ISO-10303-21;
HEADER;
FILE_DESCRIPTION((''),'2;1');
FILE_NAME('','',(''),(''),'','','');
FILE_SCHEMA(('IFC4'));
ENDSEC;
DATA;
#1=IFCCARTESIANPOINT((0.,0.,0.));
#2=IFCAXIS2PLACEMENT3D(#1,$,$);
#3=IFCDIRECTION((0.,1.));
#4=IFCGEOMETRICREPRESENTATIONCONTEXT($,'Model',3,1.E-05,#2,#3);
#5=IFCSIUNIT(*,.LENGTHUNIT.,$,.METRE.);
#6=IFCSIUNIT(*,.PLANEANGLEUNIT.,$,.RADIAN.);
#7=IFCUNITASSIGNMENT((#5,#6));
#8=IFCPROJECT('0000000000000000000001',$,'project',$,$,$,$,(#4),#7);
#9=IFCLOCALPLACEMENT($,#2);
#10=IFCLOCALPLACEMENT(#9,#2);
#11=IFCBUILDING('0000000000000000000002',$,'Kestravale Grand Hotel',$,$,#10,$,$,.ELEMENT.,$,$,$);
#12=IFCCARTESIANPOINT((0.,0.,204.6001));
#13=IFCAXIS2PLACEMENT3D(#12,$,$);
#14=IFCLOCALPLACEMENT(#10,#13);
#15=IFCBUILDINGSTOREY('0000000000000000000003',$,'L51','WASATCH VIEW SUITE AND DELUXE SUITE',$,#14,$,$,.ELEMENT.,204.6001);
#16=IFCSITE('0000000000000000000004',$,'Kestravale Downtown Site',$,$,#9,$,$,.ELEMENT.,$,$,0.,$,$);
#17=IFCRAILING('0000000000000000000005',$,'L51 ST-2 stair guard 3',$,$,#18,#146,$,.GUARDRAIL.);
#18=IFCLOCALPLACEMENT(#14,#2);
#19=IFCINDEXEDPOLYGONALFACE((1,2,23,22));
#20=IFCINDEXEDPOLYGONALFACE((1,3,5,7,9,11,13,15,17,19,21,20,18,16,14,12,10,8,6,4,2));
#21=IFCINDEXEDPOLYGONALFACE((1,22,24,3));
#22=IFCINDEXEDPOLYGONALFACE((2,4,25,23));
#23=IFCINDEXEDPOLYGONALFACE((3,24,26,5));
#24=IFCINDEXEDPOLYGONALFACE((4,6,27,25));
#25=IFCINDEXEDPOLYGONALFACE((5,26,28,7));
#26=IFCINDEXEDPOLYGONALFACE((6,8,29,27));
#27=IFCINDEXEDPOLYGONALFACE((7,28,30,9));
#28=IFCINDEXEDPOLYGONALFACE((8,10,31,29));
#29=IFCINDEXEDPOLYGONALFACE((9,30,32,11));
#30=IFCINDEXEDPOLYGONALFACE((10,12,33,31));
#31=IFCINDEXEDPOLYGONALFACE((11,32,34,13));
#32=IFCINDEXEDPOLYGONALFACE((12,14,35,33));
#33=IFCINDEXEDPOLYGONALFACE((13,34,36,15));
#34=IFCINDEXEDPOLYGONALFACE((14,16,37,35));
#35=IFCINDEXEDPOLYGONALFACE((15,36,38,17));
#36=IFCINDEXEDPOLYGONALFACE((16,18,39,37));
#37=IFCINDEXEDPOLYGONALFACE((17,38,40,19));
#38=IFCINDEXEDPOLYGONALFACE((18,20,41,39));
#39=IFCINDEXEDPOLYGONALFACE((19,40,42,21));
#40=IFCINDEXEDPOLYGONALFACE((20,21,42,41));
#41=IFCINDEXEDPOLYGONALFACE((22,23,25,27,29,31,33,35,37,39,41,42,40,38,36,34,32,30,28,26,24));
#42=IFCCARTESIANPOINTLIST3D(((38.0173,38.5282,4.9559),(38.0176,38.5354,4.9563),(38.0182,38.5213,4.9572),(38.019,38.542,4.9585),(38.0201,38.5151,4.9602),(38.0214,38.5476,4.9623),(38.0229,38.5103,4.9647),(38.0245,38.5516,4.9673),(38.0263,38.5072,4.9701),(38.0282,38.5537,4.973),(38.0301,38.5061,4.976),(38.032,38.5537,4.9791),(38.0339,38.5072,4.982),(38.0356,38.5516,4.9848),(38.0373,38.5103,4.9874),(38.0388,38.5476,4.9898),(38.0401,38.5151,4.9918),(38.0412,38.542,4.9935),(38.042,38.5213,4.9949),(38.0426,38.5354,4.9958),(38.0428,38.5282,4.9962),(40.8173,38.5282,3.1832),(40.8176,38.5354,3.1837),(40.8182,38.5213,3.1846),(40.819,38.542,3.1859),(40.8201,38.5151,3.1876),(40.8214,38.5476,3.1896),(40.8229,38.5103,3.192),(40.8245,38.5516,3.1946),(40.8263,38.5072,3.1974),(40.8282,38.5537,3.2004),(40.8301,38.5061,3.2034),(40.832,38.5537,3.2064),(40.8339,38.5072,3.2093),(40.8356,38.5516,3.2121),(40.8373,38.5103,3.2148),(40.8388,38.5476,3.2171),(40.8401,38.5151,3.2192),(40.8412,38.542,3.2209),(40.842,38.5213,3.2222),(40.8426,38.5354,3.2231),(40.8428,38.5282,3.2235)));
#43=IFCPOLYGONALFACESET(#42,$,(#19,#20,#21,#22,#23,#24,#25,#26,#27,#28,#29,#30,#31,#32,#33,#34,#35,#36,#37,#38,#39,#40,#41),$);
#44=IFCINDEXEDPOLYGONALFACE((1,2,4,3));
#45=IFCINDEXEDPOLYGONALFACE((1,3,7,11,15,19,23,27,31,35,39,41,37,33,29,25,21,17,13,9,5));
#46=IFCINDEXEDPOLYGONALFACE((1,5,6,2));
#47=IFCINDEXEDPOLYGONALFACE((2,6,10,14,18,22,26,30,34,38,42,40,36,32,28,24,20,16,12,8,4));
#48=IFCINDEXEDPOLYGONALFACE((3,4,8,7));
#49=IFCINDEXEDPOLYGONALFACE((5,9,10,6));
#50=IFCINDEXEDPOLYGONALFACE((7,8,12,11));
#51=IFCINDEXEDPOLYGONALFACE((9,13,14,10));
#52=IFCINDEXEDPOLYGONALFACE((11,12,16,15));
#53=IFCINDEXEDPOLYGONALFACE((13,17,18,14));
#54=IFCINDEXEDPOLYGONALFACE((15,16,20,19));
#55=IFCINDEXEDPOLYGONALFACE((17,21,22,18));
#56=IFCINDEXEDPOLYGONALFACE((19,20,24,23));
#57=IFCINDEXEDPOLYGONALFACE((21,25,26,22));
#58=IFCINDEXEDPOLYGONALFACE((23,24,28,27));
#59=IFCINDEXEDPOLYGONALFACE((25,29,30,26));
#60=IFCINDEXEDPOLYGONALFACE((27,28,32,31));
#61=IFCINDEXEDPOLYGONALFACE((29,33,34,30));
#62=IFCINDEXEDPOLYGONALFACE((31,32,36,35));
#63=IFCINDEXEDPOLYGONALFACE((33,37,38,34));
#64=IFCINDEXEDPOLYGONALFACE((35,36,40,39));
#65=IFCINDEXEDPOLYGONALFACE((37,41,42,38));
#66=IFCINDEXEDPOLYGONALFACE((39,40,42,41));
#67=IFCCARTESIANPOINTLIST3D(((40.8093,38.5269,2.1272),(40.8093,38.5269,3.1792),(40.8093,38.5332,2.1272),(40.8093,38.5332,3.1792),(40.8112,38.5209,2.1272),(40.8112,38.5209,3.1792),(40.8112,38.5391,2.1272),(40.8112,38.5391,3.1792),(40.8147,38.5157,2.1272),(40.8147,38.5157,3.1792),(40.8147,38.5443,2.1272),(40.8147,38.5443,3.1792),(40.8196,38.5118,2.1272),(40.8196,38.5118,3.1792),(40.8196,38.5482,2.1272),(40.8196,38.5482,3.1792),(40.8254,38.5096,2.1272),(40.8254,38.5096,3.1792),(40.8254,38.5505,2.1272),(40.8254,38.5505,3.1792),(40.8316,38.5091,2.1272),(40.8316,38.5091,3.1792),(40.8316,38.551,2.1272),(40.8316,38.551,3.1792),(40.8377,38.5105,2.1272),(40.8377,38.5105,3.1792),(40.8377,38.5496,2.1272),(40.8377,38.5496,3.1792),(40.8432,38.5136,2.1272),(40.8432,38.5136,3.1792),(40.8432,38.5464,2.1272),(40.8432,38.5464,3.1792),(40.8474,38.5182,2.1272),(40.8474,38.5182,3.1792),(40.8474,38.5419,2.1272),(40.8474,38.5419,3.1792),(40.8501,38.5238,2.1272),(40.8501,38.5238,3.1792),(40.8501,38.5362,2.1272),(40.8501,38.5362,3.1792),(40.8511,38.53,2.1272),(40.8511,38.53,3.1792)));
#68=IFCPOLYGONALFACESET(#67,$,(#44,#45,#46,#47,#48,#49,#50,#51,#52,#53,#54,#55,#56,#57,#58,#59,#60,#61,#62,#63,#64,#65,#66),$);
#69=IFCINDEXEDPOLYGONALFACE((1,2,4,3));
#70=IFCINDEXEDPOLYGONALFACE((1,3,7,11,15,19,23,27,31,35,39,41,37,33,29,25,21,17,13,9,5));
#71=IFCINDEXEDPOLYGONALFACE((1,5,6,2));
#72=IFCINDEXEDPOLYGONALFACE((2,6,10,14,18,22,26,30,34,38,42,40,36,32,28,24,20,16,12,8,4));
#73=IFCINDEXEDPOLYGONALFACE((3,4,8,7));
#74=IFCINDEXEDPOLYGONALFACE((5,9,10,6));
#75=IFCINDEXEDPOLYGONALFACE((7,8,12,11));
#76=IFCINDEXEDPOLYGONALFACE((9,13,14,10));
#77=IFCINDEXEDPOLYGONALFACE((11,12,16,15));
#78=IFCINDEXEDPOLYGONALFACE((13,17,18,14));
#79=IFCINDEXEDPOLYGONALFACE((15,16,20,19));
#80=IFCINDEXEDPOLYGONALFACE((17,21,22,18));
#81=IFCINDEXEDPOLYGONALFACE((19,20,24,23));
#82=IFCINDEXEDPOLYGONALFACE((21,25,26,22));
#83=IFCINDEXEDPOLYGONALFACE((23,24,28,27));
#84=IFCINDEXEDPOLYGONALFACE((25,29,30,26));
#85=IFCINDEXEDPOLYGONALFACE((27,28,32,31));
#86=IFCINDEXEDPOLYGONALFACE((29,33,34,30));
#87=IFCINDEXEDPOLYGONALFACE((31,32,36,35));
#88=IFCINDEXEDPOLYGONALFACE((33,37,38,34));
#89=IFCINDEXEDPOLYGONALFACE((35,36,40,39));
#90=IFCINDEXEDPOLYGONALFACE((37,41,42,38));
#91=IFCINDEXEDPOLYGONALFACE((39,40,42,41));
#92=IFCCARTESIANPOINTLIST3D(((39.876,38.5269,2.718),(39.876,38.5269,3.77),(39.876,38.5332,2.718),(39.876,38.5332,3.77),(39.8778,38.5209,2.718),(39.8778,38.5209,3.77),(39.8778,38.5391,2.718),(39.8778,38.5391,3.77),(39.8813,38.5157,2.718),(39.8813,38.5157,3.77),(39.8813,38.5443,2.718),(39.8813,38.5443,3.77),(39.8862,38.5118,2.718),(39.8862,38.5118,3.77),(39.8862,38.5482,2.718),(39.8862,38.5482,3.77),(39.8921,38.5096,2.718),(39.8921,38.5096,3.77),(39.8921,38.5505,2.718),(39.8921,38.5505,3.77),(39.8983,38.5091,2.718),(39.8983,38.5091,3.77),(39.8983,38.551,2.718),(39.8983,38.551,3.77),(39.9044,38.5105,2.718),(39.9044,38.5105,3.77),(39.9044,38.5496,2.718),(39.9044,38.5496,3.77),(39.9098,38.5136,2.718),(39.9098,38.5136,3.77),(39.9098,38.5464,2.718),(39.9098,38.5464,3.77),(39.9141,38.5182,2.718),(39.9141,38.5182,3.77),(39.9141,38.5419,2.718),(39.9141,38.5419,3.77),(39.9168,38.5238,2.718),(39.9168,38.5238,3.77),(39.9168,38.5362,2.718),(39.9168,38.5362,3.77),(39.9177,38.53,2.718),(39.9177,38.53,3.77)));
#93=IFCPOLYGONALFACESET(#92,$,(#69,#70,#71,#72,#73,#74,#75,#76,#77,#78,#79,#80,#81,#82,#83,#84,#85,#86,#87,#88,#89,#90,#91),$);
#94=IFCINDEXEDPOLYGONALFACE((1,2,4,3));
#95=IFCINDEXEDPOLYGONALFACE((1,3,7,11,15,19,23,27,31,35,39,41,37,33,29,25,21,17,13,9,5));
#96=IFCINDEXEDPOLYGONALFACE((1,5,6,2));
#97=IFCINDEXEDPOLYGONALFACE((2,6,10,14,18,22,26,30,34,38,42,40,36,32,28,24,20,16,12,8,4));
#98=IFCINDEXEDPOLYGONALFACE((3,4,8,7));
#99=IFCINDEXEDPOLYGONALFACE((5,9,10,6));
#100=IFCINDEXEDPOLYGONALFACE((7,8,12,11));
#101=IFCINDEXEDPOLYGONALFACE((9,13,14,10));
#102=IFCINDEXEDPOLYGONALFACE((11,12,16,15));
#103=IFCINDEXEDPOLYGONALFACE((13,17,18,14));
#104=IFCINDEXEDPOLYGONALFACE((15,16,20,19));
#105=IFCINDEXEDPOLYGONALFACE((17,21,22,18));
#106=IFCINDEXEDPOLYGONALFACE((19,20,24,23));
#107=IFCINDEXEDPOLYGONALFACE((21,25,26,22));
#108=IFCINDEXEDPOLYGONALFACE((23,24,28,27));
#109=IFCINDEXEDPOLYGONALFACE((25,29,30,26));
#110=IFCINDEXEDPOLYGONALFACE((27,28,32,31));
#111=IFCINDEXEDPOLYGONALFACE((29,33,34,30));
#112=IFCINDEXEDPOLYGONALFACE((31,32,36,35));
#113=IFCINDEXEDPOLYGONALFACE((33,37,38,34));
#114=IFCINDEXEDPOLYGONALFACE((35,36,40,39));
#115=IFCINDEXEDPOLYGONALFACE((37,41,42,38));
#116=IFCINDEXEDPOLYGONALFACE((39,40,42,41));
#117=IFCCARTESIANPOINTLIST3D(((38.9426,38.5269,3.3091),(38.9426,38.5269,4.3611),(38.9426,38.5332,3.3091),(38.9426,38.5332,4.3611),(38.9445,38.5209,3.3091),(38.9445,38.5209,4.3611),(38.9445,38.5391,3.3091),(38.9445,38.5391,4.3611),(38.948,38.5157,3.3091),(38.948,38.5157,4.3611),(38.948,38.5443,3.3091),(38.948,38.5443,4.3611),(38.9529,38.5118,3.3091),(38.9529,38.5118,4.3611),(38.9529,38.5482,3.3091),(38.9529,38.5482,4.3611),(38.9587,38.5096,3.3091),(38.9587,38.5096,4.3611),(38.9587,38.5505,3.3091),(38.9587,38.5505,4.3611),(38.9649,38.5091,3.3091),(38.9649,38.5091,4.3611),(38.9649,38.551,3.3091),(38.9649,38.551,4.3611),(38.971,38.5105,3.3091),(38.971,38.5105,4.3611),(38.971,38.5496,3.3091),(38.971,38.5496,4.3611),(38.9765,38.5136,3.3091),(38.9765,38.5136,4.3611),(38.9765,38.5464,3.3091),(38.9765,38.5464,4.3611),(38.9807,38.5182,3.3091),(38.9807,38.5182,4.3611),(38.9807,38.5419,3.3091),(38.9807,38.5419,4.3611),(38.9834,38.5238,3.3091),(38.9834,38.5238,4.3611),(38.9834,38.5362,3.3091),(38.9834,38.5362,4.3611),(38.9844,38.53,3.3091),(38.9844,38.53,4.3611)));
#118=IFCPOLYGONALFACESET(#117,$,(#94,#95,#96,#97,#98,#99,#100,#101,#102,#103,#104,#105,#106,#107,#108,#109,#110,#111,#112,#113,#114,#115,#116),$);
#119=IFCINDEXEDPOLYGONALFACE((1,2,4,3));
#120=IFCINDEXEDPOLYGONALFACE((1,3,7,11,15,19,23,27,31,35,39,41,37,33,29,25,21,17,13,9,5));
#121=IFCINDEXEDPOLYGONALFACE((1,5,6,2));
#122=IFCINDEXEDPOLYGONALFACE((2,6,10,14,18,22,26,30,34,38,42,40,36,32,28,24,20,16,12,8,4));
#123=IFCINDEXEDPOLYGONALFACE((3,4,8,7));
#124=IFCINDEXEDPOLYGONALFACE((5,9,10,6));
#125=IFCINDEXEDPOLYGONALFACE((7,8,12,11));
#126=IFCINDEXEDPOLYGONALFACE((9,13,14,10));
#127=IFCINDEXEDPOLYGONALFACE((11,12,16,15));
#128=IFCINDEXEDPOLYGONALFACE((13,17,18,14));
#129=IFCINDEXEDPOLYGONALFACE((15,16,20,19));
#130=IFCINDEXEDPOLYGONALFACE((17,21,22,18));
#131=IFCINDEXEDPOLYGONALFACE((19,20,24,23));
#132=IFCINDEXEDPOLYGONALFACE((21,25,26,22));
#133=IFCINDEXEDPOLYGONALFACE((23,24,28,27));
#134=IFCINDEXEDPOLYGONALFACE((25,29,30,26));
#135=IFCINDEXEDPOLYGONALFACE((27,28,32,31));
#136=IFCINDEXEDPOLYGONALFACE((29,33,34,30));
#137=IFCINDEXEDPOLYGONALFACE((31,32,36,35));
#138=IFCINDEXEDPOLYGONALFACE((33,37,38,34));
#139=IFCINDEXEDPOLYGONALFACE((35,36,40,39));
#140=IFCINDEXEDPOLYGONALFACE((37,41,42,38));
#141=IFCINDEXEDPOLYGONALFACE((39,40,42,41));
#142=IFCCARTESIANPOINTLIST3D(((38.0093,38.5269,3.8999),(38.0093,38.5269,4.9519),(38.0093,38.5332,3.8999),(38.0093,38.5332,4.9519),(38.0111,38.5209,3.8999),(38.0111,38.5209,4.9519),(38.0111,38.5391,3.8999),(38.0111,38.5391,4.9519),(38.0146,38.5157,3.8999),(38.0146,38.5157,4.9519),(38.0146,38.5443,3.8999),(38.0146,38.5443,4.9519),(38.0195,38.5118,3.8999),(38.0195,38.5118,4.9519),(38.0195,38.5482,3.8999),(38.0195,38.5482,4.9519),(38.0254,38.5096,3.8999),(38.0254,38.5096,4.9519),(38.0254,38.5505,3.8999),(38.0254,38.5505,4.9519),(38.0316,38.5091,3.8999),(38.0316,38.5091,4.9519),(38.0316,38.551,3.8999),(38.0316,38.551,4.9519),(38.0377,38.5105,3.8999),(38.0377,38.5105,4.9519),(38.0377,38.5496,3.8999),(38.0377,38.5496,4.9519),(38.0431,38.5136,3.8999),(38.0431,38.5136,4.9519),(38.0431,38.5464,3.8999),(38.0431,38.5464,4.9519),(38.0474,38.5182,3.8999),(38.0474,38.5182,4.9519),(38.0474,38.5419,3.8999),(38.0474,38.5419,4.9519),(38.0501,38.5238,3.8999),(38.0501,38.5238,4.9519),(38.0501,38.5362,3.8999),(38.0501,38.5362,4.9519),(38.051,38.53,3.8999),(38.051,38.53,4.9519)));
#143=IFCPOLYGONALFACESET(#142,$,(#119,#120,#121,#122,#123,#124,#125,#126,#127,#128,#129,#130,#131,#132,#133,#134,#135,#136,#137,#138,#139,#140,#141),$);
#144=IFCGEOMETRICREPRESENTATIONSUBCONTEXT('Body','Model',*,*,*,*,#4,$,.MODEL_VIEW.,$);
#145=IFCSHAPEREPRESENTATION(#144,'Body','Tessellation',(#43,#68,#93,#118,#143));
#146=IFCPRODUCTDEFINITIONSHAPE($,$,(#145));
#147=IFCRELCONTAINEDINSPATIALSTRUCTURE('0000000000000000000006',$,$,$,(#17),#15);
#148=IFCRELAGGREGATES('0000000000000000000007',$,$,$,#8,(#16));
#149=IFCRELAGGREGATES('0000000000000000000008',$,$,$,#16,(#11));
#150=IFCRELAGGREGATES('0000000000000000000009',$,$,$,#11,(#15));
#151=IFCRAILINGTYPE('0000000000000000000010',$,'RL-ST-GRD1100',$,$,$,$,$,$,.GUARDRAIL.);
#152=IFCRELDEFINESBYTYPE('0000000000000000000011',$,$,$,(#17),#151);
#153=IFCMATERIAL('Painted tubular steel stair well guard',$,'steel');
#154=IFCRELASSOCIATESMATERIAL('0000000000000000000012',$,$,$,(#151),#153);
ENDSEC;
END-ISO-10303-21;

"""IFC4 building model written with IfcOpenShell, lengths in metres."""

from ifc_helpers import new_model, si_unit, direction, frame, origin, origin_2d, place, context, subcontext, project, spatial, circle, extrude, material, type_object, element, save


model = new_model("IFC4")

# Units and contexts
model_context = context("Model", 3, precision=1e-05, world=origin(), true_north=direction((0.0, 1.0)))
body_context = subcontext(model_context, "Body", "Model", "MODEL_VIEW")
ifc_project = project(units=[si_unit("LENGTHUNIT", "METRE"), si_unit("PLANEANGLEUNIT", "RADIAN")], contexts=[model_context])

# Site, building, storey
site_placement = place(None, origin())
site = spatial("IfcSite", under=ifc_project, at=site_placement, Name="Kestravale Downtown Site", CompositionType="ELEMENT", RefElevation=0.0)
building_placement = place(site_placement, origin())
building = spatial("IfcBuilding", under=site, at=building_placement, Name="Kestravale Grand Hotel", CompositionType="ELEMENT")
storey_placement = place(building_placement, frame((0.0, 0.0, 204.6001)))
storey = spatial("IfcBuildingStorey", under=building, at=storey_placement, Name="L51", Description="WASATCH VIEW SUITE AND DELUXE SUITE", CompositionType="ELEMENT", Elevation=204.6001)

# Railing
ifc_material_1 = material(Name="Painted tubular steel stair well guard", Category="steel")
railing_type_1 = type_object("IfcRailingType", Name="RL-ST-GRD1100", PredefinedType="GUARDRAIL", material=ifc_material_1)
railing_1_placement = place(storey_placement, frame((40.8301, 38.53, 2.1272)))
element("IfcRailing", 1, at=railing_1_placement, inside=storey, type_object=railing_type_1, Name="L51 ST-2 stair guard 3", PredefinedType="GUARDRAIL", context=body_context, shape_type="SweptSolid", body=[
    extrude(circle(Radius=0.0239, at=origin_2d()), frame((0.0, 0.0, 1.0762), z_axis=(-0.844909, 0.0, 0.53491), x_axis=(0.0, -1.0, 0.0)), (0.0, 0.0, 1.0), 3.314),
    extrude(circle(Radius=0.021, at=origin_2d()), origin(), (0.0, 0.0, 1.0), 1.052),
    extrude(circle(Radius=0.021, at=origin_2d()), frame((-0.9333, 0.0, 0.5908)), (0.0, 0.0, 1.0), 1.052),
    extrude(circle(Radius=0.021, at=origin_2d()), frame((-1.8667, 0.0, 1.1819)), (0.0, 0.0, 1.0), 1.052),
    extrude(circle(Radius=0.021, at=origin_2d()), frame((-2.8, 0.0, 1.7727)), (0.0, 0.0, 1.0), 1.052),
])

save(model, "model.ifc")
